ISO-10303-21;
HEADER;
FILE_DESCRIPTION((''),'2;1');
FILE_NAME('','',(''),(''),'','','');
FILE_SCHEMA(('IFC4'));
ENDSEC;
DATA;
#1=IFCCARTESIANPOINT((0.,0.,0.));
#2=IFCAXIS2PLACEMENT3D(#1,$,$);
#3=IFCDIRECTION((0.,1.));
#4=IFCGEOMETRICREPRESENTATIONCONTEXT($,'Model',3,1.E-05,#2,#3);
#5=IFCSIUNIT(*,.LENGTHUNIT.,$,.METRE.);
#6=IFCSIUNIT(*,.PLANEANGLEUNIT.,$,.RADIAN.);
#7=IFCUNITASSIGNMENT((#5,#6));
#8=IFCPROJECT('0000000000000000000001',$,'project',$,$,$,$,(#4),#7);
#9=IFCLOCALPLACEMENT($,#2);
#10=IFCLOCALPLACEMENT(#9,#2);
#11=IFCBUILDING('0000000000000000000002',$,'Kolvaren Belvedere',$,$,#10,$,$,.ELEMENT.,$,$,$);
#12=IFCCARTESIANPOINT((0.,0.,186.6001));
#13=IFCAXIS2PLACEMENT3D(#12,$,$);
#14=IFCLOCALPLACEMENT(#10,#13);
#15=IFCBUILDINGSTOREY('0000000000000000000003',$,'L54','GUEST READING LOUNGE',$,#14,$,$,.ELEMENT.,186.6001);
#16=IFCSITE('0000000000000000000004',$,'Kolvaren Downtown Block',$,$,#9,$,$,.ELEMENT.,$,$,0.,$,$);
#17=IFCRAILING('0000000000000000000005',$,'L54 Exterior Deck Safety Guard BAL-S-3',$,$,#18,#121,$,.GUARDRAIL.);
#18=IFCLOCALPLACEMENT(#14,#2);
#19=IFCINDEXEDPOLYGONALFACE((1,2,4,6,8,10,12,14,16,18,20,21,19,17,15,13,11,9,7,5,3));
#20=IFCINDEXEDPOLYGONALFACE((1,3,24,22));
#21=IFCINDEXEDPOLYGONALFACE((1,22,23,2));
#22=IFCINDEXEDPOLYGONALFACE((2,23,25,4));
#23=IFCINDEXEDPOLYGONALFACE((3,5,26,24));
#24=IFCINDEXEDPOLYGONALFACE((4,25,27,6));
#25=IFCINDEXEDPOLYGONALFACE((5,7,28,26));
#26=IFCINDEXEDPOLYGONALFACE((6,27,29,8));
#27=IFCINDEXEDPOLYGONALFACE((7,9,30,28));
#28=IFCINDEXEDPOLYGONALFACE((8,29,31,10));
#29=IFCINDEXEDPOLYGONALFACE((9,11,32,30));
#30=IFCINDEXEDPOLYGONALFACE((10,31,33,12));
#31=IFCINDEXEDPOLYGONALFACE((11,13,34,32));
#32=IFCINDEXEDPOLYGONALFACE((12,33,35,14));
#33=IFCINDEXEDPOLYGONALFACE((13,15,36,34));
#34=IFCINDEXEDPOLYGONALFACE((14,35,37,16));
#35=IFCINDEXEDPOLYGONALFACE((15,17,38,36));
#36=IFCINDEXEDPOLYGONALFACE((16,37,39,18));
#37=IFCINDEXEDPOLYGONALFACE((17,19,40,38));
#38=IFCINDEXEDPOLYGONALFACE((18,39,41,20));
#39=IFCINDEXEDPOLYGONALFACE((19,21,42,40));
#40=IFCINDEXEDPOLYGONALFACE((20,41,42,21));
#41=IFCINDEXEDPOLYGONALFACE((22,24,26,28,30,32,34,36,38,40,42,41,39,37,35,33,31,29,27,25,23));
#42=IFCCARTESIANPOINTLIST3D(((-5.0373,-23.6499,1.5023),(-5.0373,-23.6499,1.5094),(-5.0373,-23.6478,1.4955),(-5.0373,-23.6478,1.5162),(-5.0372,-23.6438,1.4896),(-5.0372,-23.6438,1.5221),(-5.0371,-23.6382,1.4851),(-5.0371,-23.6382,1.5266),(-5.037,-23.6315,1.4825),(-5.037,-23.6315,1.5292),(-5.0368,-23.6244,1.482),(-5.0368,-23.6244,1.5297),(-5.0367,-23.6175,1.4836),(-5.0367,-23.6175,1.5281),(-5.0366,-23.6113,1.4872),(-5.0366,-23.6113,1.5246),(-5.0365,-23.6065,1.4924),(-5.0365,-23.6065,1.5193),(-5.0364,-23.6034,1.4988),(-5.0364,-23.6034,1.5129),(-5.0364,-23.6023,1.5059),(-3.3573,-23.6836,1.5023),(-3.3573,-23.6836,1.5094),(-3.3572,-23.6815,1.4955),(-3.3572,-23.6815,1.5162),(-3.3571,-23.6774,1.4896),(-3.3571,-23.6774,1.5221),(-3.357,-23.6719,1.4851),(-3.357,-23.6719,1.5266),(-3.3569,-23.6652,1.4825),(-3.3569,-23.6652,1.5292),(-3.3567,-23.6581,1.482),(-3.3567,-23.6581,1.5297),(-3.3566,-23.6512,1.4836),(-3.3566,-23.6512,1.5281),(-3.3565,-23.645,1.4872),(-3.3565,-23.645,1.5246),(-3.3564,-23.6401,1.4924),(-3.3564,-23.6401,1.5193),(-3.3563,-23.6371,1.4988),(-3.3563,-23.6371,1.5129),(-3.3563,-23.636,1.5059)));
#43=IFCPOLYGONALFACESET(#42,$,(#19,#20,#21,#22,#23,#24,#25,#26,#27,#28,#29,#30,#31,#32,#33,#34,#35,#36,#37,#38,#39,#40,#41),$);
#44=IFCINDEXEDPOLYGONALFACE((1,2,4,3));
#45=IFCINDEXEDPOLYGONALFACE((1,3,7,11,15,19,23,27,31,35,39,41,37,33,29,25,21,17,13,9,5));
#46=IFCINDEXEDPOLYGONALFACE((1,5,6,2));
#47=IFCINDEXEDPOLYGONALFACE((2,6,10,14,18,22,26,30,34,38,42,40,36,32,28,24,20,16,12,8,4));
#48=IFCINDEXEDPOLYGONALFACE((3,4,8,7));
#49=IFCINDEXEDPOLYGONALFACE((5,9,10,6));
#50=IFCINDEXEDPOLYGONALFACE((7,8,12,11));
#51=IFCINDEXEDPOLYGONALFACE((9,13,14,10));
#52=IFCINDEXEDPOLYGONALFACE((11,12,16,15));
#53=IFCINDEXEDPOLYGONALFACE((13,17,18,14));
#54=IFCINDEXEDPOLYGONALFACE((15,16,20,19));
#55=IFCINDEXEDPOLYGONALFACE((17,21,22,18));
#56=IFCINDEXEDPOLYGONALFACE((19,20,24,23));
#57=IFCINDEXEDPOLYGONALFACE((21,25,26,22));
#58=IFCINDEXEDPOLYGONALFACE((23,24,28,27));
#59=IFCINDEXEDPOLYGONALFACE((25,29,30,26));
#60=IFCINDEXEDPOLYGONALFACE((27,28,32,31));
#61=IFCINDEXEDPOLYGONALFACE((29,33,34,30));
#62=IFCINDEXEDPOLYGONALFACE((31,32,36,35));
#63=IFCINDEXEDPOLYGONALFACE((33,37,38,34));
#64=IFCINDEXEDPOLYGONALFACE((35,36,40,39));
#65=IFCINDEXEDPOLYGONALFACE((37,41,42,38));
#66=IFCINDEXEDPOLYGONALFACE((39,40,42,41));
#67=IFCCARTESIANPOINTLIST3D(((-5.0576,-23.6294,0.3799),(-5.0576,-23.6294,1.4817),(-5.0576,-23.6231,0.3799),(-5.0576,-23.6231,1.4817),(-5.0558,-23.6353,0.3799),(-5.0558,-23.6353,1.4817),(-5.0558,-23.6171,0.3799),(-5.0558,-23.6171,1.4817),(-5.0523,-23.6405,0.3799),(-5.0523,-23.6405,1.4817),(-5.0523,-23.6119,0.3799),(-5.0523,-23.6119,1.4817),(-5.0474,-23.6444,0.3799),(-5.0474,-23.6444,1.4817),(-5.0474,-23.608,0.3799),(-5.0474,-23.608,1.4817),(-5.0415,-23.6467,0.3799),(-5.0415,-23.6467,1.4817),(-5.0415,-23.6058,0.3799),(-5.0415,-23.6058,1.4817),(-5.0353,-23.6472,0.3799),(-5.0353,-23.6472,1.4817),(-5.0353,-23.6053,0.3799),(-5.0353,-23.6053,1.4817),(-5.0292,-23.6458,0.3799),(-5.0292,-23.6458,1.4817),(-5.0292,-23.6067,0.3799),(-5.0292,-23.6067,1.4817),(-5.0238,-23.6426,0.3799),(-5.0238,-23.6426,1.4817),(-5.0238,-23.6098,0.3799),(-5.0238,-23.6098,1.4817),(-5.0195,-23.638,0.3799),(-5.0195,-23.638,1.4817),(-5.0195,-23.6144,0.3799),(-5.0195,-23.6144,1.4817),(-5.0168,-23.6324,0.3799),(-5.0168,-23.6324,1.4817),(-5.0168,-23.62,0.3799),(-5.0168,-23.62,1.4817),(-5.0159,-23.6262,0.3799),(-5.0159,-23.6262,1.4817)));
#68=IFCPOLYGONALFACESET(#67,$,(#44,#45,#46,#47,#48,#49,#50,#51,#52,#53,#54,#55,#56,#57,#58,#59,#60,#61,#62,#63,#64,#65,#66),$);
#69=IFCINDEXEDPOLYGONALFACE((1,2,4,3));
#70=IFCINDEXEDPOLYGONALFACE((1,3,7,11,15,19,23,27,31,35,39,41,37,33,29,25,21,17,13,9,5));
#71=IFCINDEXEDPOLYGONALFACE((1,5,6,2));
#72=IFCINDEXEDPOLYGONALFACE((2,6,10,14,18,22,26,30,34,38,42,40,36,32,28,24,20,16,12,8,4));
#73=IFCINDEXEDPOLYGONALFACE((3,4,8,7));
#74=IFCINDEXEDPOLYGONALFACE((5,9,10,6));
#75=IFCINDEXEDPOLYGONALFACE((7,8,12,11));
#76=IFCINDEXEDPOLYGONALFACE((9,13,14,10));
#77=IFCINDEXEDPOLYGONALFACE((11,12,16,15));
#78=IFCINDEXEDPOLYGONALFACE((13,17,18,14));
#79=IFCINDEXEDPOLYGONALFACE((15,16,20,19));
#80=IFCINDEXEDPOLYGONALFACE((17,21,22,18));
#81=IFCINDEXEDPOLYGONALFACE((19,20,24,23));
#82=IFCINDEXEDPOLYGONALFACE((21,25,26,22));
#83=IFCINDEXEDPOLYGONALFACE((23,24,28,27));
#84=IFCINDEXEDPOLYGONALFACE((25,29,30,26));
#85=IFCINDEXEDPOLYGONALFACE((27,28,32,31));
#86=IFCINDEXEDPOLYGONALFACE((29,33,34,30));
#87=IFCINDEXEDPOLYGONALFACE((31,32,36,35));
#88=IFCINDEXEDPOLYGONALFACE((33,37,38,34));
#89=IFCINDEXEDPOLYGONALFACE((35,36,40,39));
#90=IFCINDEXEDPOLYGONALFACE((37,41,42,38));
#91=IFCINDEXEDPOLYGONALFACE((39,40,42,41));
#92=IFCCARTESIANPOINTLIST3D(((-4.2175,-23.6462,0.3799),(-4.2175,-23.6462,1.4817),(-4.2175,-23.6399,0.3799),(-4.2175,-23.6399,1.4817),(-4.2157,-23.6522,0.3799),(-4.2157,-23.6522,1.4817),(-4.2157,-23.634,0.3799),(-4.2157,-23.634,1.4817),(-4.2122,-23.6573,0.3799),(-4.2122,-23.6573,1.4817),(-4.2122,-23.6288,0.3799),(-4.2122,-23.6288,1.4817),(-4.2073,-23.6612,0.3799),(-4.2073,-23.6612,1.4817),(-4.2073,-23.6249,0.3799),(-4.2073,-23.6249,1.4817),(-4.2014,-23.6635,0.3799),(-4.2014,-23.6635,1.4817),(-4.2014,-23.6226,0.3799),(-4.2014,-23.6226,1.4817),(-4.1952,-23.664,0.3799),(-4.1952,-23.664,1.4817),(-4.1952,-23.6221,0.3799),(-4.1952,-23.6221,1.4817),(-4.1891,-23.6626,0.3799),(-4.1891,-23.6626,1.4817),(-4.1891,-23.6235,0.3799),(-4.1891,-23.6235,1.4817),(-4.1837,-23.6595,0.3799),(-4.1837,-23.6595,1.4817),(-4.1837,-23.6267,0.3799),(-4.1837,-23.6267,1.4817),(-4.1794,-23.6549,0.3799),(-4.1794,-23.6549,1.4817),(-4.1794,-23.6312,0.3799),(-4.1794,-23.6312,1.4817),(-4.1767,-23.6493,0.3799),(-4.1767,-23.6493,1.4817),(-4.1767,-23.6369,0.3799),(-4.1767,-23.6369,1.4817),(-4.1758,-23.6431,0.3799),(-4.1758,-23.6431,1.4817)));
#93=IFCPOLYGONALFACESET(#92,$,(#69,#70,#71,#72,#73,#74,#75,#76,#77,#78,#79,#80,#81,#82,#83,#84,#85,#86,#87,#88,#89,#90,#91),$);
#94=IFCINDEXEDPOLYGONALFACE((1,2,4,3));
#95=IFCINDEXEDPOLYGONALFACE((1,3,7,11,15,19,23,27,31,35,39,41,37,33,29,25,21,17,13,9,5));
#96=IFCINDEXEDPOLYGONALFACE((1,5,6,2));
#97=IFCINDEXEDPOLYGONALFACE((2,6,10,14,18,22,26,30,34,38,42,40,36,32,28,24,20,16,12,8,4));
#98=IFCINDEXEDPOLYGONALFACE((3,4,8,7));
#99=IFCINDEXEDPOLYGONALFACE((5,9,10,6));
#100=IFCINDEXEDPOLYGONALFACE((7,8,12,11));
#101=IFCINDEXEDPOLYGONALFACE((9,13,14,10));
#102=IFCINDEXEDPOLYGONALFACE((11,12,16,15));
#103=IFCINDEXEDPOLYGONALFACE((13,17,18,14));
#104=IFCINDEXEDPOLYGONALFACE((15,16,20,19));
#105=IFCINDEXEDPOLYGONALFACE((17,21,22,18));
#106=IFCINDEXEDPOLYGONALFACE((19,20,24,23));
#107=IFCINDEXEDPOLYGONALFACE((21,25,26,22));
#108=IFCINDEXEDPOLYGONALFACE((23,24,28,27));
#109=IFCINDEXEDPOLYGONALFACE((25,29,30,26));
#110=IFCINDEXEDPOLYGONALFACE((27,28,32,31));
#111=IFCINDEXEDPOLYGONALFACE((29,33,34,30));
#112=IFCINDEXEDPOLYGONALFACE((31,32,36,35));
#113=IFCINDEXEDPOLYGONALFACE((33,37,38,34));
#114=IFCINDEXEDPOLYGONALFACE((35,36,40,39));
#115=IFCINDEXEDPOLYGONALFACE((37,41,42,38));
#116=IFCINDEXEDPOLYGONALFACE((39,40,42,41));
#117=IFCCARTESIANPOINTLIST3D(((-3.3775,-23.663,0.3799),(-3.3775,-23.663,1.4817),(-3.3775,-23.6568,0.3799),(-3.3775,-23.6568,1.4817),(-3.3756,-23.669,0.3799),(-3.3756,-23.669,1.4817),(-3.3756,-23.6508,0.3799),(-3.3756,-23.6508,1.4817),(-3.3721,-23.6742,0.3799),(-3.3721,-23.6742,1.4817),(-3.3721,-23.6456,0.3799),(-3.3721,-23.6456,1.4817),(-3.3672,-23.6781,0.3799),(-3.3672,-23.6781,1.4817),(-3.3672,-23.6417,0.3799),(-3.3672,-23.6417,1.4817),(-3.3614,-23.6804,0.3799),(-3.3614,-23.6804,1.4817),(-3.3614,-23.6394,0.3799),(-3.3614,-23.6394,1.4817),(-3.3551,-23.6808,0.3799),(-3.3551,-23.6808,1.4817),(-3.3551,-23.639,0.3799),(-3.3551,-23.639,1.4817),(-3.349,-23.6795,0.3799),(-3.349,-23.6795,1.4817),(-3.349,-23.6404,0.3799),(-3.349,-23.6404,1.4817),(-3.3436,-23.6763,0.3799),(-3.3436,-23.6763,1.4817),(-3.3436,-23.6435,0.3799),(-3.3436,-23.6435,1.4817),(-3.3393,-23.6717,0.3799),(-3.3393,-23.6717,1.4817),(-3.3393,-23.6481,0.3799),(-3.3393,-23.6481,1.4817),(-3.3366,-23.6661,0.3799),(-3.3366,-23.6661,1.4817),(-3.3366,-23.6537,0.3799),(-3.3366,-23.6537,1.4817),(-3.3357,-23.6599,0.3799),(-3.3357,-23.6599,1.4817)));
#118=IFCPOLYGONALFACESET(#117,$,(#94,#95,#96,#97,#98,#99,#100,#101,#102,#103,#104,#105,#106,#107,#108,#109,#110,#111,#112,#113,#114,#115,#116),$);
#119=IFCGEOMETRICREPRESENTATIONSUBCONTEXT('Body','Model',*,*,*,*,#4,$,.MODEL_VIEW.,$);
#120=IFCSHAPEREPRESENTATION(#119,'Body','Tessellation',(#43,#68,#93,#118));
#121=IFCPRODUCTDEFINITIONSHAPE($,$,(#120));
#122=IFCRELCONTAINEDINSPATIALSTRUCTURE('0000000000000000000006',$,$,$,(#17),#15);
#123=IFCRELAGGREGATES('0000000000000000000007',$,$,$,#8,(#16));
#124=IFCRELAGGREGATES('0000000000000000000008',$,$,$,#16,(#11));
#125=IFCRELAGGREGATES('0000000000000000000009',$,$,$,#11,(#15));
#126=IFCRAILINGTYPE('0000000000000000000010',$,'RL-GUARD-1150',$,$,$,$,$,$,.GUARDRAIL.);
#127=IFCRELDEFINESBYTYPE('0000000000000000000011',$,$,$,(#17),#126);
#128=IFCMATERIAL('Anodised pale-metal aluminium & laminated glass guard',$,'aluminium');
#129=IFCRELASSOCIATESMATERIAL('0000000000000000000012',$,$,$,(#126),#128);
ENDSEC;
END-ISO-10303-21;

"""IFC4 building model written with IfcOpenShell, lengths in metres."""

from ifc_helpers import new_model, si_unit, direction, frame, origin, origin_2d, place, context, subcontext, project, spatial, circle, extrude, material, type_object, element, save


model = new_model("IFC4")

# Units and contexts
model_context = context("Model", 3, precision=1e-05, world=origin(), true_north=direction((0.0, 1.0)))
body_context = subcontext(model_context, "Body", "Model", "MODEL_VIEW")
ifc_project = project(units=[si_unit("LENGTHUNIT", "METRE"), si_unit("PLANEANGLEUNIT", "RADIAN")], contexts=[model_context])

# Site, building, storey
site_placement = place(None, origin())
site = spatial("IfcSite", under=ifc_project, at=site_placement, Name="Kolvaren Downtown Block", CompositionType="ELEMENT", RefElevation=0.0)
building_placement = place(site_placement, origin())
building = spatial("IfcBuilding", under=site, at=building_placement, Name="Kolvaren Belvedere", CompositionType="ELEMENT")
storey_placement = place(building_placement, frame((0.0, 0.0, 186.6001)))
storey = spatial("IfcBuildingStorey", under=building, at=storey_placement, Name="L54", Description="GUEST READING LOUNGE", CompositionType="ELEMENT", Elevation=186.6001)

# Railing
ifc_material_1 = material(Name="Anodised pale-metal aluminium & laminated glass guard", Category="aluminium")
railing_type = type_object("IfcRailingType", Name="RL-GUARD-1150", PredefinedType="GUARDRAIL", material=ifc_material_1)
railing_1_placement = place(storey_placement, frame((-5.0369, -23.6262, 0.3799)))
element("IfcRailing", 1, at=railing_1_placement, inside=storey, type_object=railing_type, Name="L54 Exterior Deck Safety Guard BAL-S-3", PredefinedType="GUARDRAIL", context=body_context, shape_type="SweptSolid", body=[
    extrude(circle(Radius=0.0239, at=origin_2d()), frame((0.0, 0.0, 1.126), z_axis=(0.999799, -0.020048, 0.0), x_axis=(0.020048, 0.999799, 0.0)), (0.0, 0.0, 1.0), 1.6804),
    extrude(circle(Radius=0.021, at=origin_2d()), origin(), (0.0, 0.0, 1.0), 1.1018),
    extrude(circle(Radius=0.021, at=origin_2d()), frame((0.8401, -0.0168, 0.0)), (0.0, 0.0, 1.0), 1.1018),
    extrude(circle(Radius=0.021, at=origin_2d()), frame((1.6802, -0.0337, 0.0)), (0.0, 0.0, 1.0), 1.1018),
])

save(model, "model.ifc")
